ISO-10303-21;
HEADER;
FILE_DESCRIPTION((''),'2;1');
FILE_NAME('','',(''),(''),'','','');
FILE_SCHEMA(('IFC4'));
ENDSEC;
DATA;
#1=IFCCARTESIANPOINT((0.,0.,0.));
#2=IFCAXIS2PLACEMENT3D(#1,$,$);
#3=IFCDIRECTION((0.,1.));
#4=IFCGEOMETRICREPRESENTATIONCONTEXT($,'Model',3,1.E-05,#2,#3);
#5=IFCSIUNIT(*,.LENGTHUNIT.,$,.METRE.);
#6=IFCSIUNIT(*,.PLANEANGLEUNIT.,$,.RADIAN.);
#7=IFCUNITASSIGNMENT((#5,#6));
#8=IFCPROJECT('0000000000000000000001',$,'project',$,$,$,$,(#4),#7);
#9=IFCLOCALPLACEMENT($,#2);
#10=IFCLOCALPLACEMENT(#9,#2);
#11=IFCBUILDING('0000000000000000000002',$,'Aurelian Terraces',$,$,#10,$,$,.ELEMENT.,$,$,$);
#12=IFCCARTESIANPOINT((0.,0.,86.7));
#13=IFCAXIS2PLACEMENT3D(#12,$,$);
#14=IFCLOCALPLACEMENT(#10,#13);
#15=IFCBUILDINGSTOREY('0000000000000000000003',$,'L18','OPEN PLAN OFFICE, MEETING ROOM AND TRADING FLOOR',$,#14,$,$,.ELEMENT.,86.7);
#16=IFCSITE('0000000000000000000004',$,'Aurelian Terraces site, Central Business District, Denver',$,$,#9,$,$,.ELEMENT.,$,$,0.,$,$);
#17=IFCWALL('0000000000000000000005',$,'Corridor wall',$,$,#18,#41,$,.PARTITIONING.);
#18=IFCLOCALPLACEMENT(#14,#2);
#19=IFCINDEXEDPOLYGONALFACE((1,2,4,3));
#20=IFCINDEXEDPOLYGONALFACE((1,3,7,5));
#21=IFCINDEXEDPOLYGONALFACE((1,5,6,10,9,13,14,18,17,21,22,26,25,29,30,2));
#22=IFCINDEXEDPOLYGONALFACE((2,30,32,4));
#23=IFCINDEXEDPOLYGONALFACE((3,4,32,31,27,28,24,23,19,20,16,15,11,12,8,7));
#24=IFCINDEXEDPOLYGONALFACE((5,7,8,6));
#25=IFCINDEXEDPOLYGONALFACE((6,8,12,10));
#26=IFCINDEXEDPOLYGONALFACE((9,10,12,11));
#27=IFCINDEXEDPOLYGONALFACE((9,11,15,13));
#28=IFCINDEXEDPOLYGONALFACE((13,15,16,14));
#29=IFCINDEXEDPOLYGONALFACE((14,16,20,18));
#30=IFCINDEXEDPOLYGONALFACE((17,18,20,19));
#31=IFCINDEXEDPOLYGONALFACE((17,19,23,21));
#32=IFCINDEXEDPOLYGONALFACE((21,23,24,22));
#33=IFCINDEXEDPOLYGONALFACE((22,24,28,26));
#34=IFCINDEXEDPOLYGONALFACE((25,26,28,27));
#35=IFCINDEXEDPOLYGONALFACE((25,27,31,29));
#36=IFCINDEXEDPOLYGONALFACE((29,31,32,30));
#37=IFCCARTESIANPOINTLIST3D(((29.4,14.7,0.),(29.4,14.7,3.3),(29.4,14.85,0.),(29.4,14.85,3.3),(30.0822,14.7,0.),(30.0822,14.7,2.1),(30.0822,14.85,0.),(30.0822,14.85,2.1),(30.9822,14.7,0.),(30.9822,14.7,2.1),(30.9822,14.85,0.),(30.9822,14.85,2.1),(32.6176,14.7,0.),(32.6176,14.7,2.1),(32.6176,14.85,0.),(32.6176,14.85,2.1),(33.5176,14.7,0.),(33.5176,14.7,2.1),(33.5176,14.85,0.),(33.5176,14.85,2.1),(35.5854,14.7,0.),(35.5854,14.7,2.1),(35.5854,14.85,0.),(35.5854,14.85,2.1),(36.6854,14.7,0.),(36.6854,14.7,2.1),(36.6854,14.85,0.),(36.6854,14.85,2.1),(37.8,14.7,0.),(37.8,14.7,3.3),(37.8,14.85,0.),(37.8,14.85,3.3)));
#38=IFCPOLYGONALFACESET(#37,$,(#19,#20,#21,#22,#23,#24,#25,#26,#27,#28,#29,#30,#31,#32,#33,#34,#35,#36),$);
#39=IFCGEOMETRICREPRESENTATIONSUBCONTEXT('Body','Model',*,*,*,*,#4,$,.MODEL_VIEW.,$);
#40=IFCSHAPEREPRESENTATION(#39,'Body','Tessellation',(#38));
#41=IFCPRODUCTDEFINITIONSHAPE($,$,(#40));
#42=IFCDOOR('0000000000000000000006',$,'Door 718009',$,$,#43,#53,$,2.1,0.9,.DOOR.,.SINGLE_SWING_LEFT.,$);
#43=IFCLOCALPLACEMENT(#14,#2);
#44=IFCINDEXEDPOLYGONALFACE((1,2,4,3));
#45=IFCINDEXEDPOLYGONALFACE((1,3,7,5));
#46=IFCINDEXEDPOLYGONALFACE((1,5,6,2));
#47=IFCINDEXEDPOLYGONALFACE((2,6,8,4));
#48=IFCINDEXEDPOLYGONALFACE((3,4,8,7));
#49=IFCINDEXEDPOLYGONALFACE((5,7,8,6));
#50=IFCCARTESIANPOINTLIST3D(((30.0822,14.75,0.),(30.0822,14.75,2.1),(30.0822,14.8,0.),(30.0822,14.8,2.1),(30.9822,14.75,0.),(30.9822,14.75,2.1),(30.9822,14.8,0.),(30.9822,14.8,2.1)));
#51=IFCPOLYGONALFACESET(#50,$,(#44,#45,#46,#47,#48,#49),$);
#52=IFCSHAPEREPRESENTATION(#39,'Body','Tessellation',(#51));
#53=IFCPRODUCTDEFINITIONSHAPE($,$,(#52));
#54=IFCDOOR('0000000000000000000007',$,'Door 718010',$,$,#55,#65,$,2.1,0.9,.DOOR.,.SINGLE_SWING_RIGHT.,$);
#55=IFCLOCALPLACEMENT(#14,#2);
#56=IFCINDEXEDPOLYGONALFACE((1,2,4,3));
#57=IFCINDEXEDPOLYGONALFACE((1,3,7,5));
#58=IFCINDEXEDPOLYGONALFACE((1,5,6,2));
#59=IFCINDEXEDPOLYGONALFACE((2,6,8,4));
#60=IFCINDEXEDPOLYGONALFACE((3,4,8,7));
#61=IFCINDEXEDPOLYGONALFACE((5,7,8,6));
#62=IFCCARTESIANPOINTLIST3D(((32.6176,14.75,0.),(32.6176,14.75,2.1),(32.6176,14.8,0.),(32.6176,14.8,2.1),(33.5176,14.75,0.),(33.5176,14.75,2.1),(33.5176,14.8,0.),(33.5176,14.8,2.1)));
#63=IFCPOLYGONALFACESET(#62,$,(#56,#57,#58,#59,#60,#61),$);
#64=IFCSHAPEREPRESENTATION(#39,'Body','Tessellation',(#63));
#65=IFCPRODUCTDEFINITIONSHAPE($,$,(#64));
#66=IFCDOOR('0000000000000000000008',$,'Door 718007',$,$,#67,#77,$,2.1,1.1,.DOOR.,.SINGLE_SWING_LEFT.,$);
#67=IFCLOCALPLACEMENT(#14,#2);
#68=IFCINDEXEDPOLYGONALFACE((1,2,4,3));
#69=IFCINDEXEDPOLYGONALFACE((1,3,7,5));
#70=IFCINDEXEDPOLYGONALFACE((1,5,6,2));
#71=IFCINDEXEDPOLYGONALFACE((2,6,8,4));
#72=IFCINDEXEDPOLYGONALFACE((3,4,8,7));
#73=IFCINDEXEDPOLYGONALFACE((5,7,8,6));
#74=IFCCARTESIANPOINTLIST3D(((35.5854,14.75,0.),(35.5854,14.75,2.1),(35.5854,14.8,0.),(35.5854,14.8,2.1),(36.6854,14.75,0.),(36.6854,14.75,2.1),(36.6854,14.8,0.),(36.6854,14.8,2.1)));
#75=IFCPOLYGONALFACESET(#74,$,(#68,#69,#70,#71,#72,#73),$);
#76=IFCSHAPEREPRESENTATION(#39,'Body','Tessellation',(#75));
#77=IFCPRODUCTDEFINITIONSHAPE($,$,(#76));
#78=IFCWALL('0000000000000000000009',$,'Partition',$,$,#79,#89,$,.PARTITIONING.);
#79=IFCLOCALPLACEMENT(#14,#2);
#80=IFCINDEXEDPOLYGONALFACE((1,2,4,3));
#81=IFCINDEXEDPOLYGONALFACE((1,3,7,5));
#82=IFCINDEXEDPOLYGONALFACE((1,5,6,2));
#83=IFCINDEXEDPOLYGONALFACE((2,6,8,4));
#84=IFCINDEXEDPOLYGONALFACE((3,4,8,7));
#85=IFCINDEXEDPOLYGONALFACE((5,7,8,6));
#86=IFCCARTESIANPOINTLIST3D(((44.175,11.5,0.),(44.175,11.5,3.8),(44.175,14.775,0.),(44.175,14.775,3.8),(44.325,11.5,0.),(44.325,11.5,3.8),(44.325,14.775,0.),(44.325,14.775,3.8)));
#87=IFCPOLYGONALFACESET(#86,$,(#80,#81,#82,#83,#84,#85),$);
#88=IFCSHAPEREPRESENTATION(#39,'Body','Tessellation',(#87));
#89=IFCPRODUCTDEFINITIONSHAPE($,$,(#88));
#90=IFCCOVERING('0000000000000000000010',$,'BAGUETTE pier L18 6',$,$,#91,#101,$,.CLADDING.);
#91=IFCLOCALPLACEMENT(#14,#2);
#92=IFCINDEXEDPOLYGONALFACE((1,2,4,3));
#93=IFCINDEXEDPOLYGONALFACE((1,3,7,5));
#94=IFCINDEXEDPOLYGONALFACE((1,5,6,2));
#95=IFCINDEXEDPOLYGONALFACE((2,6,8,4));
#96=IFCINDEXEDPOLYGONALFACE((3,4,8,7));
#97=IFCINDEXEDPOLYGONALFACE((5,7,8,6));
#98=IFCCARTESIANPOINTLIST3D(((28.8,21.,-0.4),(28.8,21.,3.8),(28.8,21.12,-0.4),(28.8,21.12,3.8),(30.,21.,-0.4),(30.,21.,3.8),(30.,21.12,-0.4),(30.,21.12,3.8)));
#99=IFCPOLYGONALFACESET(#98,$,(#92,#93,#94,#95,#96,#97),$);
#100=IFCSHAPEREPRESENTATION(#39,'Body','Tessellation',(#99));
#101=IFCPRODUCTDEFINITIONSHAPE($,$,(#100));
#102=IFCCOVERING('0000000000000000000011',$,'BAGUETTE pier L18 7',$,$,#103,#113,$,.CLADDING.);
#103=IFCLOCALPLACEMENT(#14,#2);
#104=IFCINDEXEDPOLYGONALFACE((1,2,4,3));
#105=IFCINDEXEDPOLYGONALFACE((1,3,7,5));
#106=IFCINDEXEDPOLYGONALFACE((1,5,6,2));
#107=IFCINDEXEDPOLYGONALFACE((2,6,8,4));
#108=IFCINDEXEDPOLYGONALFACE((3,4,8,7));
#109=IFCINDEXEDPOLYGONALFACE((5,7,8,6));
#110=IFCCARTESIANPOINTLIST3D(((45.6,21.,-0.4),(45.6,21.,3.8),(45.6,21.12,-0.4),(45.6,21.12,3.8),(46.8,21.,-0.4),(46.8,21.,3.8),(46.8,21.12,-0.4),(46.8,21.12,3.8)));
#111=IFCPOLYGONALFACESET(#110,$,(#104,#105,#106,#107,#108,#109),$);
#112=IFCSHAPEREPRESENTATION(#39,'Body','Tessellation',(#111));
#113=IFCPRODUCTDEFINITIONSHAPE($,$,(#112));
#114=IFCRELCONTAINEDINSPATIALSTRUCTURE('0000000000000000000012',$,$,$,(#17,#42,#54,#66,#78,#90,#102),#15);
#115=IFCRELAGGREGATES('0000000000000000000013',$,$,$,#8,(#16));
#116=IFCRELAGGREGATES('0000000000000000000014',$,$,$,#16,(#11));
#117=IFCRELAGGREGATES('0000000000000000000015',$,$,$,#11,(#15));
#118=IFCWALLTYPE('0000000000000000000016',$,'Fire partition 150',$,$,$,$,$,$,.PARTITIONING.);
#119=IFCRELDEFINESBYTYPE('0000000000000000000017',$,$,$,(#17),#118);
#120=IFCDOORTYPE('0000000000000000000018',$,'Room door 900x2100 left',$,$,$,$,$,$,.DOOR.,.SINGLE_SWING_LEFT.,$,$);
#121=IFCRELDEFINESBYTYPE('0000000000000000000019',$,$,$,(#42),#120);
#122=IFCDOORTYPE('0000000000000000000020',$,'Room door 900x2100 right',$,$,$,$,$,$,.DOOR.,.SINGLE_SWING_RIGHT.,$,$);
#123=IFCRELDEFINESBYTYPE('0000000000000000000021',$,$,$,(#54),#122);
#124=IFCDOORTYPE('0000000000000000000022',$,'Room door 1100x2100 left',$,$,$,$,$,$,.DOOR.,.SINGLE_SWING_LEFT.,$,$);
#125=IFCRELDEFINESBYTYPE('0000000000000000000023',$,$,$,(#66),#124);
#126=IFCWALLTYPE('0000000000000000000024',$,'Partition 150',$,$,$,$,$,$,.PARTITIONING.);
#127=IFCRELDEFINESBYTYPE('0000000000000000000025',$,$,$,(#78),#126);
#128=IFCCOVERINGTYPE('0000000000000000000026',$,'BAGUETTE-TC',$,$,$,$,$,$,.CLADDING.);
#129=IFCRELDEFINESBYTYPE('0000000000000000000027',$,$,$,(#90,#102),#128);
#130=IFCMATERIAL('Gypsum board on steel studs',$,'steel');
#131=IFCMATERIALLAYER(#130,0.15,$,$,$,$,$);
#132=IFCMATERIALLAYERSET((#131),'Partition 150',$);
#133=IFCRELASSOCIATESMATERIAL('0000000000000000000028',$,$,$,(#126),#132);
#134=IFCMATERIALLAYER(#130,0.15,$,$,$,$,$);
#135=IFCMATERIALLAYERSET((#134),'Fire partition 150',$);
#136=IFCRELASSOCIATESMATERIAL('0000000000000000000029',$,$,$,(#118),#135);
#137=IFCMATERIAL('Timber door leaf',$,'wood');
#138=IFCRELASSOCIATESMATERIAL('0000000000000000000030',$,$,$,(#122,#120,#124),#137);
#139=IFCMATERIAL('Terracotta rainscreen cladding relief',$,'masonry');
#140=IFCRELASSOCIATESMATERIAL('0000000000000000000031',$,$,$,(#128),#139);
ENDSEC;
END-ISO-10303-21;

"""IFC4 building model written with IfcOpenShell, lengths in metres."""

from ifc_helpers import new_model, si_unit, direction, frame, frame_2d, origin, origin_2d, place, context, subcontext, project, spatial, rectangle, extrude, source, transform, mapped, material, layer, layer_set, type_object, element, fill, save


model = new_model("IFC4")

# Units and contexts
model_context = context("Model", 3, precision=1e-05, world=origin(), true_north=direction((0.0, 1.0)))
body_context = subcontext(model_context, "Body", "Model", "MODEL_VIEW")
ifc_project = project(units=[si_unit("LENGTHUNIT", "METRE"), si_unit("PLANEANGLEUNIT", "RADIAN")], contexts=[model_context])

# Site, building, storey
site_placement = place(None, origin())
site = spatial("IfcSite", under=ifc_project, at=site_placement, Name="Aurelian Terraces site, Central Business District, Denver", CompositionType="ELEMENT", RefElevation=0.0)
building_placement = place(site_placement, origin())
building = spatial("IfcBuilding", under=site, at=building_placement, Name="Aurelian Terraces", CompositionType="ELEMENT")
storey_placement = place(building_placement, frame((0.0, 0.0, 86.7)))
storey = spatial("IfcBuildingStorey", under=building, at=storey_placement, Name="L18", Description="OPEN PLAN OFFICE, MEETING ROOM AND TRADING FLOOR", CompositionType="ELEMENT", Elevation=86.7)

# Shared definitions
ifc_material_1 = material(Name="Gypsum board on steel studs", Category="steel")
ifc_layer_1 = layer(ifc_material_1, 0.15)
ifc_layer_set_1 = layer_set([ifc_layer_1], Name="Partition 150")
wall_type_1 = type_object("IfcWallType", Name="Partition 150", PredefinedType="PARTITIONING", material=ifc_layer_set_1)

# Shared definitions
ifc_layer_2 = layer(ifc_material_1, 0.15)
ifc_layer_set_2 = layer_set([ifc_layer_2], Name="Fire partition 150")
wall_type_2 = type_object("IfcWallType", Name="Fire partition 150", PredefinedType="PARTITIONING", material=ifc_layer_set_2)
shared_shape_1 = source(origin(), body_context, "Body", "SweptSolid", [
    extrude(rectangle(XDim=0.9, YDim=2.1, at=frame_2d((0.45, 1.05))), frame((0.0, 0.085, 0.0), z_axis=(0.0, -1.0, 0.0), x_axis=(1.0, 0.0, 0.0)), (0.0, 0.0, 1.0), 0.17),
])
ifc_material_2 = material(Name="Timber door leaf", Category="wood")
door_type_1 = type_object("IfcDoorType", Name="Room door 900x2100 right", OperationType="SINGLE_SWING_RIGHT", PredefinedType="DOOR", material=ifc_material_2)
shared_shape_2 = source(origin(), body_context, "Body", "SweptSolid", [
    extrude(rectangle(XDim=0.9, YDim=2.1, at=frame_2d((0.45, 1.05))), frame((0.0, 0.025, 0.0), z_axis=(0.0, -1.0, 0.0), x_axis=(1.0, 0.0, 0.0)), (0.0, 0.0, 1.0), 0.05),
])

# Wall, openings, doors
shared_shape_3 = source(origin(), body_context, "Body", "SweptSolid", [
    extrude(rectangle(XDim=8.4, YDim=0.15, at=frame_2d((4.2, 0.0))), origin(), (0.0, 0.0, 1.0), 3.3),
])
wall_1_placement = place(storey_placement, frame((37.8, 14.775, 0.0), z_axis=(0.0, 0.0, 1.0), x_axis=(-1.0, 0.0, 0.0)))
wall_1 = element("IfcWall", 1, at=wall_1_placement, inside=storey, type_object=wall_type_2, Name="Corridor wall", PredefinedType="PARTITIONING", context=body_context, shape_type="MappedRepresentation", body=[
    mapped(shared_shape_3, transform((0.0, 0.0, 0.0), scale=1.0)),
])
shared_shape_4 = source(origin(), body_context, "Body", "SweptSolid", [
    extrude(rectangle(XDim=1.1, YDim=2.1, at=frame_2d((0.55, 1.05))), frame((0.0, 0.085, 0.0), z_axis=(0.0, -1.0, 0.0), x_axis=(1.0, 0.0, 0.0)), (0.0, 0.0, 1.0), 0.17),
])
opening_1_placement = place(wall_1_placement, frame((1.1146, 0.0, 0.0)))
opening_1 = element("IfcOpeningElement", 2, at=opening_1_placement, cuts=wall_1, PredefinedType="OPENING", context=body_context, shape_type="MappedRepresentation", body=[
    mapped(shared_shape_4, transform((0.0, 0.0, 0.0), scale=1.0)),
])
opening_2_placement = place(wall_1_placement, frame((6.8178, 0.0, 0.0)))
opening_2 = element("IfcOpeningElement", 3, at=opening_2_placement, cuts=wall_1, PredefinedType="OPENING", context=body_context, shape_type="MappedRepresentation", body=[
    mapped(shared_shape_1, transform((0.0, 0.0, 0.0), scale=1.0)),
])
opening_3_placement = place(wall_1_placement, frame((4.2824, 0.0, 0.0)))
opening_3 = element("IfcOpeningElement", 4, at=opening_3_placement, cuts=wall_1, PredefinedType="OPENING", context=body_context, shape_type="MappedRepresentation", body=[
    mapped(shared_shape_1, transform((0.0, 0.0, 0.0), scale=1.0)),
])
door_type_2 = type_object("IfcDoorType", Name="Room door 900x2100 left", OperationType="SINGLE_SWING_LEFT", PredefinedType="DOOR", material=ifc_material_2)
door_1_placement = place(opening_2_placement, origin())
door_1 = element("IfcDoor", 5, at=door_1_placement, inside=storey, type_object=door_type_2, Name="Door 718009", OperationType="SINGLE_SWING_LEFT", OverallHeight=2.1, OverallWidth=0.9, PredefinedType="DOOR", context=body_context, shape_type="MappedRepresentation", body=[
    mapped(shared_shape_2, transform((0.0, 0.0, 0.0), scale=1.0)),
])
fill(opening_2, door_1)
door_2_placement = place(opening_3_placement, origin())
door_2 = element("IfcDoor", 6, at=door_2_placement, inside=storey, type_object=door_type_1, Name="Door 718010", OperationType="SINGLE_SWING_RIGHT", OverallHeight=2.1, OverallWidth=0.9, PredefinedType="DOOR", context=body_context, shape_type="MappedRepresentation", body=[
    mapped(shared_shape_2, transform((0.0, 0.0, 0.0), scale=1.0)),
])
fill(opening_3, door_2)
door_type_3 = type_object("IfcDoorType", Name="Room door 1100x2100 left", OperationType="SINGLE_SWING_LEFT", PredefinedType="DOOR", material=ifc_material_2)
shared_shape_5 = source(origin(), body_context, "Body", "SweptSolid", [
    extrude(rectangle(XDim=1.1, YDim=2.1, at=frame_2d((0.55, 1.05))), frame((0.0, 0.025, 0.0), z_axis=(0.0, -1.0, 0.0), x_axis=(1.0, 0.0, 0.0)), (0.0, 0.0, 1.0), 0.05),
])
door_3_placement = place(opening_1_placement, origin())
door_3 = element("IfcDoor", 7, at=door_3_placement, inside=storey, type_object=door_type_3, Name="Door 718007", OperationType="SINGLE_SWING_LEFT", OverallHeight=2.1, OverallWidth=1.1, PredefinedType="DOOR", context=body_context, shape_type="MappedRepresentation", body=[
    mapped(shared_shape_5, transform((0.0, 0.0, 0.0), scale=1.0)),
])
fill(opening_1, door_3)

# Wall
shared_shape_6 = source(origin(), body_context, "Body", "SweptSolid", [
    extrude(rectangle(XDim=3.275, YDim=0.15, at=frame_2d((1.6375, 0.0))), origin(), (0.0, 0.0, 1.0), 3.8),
])
wall_2_placement = place(storey_placement, frame((44.25, 11.5, 0.0), z_axis=(0.0, 0.0, 1.0), x_axis=(0.0, 1.0, 0.0)))
element("IfcWall", 8, at=wall_2_placement, inside=storey, type_object=wall_type_1, Name="Partition", PredefinedType="PARTITIONING", context=body_context, shape_type="MappedRepresentation", body=[
    mapped(shared_shape_6, transform((0.0, 0.0, 0.0), scale=1.0)),
])

# Coverings
ifc_material_3 = material(Name="Terracotta rainscreen cladding relief", Category="masonry")
covering_type = type_object("IfcCoveringType", Name="BAGUETTE-TC", PredefinedType="CLADDING", material=ifc_material_3)
shared_shape_7 = source(origin(), body_context, "Body", "SweptSolid", [
    extrude(rectangle(XDim=1.2, YDim=0.12, at=origin_2d()), origin(), (0.0, 0.0, 1.0), 4.2),
])
for number, where, z_axis, x_axis, name in (
    (9, (29.4, 21.06, -0.4), (0.0, 0.0, 1.0), (1.0, 0.0, 0.0), "BAGUETTE pier L18 6"),
    (10, (46.2, 21.06, -0.4), (0.0, 0.0, 1.0), (1.0, 0.0, 0.0), "BAGUETTE pier L18 7"),
):
    element("IfcCovering", number, at=place(storey_placement, frame(where, z_axis=z_axis, x_axis=x_axis)), inside=storey, type_object=covering_type, Name=name, PredefinedType="CLADDING", context=body_context, shape_type="MappedRepresentation", body=[
        mapped(shared_shape_7, transform((0.0, 0.0, 0.0), scale=1.0)),
    ])

save(model, "model.ifc")
